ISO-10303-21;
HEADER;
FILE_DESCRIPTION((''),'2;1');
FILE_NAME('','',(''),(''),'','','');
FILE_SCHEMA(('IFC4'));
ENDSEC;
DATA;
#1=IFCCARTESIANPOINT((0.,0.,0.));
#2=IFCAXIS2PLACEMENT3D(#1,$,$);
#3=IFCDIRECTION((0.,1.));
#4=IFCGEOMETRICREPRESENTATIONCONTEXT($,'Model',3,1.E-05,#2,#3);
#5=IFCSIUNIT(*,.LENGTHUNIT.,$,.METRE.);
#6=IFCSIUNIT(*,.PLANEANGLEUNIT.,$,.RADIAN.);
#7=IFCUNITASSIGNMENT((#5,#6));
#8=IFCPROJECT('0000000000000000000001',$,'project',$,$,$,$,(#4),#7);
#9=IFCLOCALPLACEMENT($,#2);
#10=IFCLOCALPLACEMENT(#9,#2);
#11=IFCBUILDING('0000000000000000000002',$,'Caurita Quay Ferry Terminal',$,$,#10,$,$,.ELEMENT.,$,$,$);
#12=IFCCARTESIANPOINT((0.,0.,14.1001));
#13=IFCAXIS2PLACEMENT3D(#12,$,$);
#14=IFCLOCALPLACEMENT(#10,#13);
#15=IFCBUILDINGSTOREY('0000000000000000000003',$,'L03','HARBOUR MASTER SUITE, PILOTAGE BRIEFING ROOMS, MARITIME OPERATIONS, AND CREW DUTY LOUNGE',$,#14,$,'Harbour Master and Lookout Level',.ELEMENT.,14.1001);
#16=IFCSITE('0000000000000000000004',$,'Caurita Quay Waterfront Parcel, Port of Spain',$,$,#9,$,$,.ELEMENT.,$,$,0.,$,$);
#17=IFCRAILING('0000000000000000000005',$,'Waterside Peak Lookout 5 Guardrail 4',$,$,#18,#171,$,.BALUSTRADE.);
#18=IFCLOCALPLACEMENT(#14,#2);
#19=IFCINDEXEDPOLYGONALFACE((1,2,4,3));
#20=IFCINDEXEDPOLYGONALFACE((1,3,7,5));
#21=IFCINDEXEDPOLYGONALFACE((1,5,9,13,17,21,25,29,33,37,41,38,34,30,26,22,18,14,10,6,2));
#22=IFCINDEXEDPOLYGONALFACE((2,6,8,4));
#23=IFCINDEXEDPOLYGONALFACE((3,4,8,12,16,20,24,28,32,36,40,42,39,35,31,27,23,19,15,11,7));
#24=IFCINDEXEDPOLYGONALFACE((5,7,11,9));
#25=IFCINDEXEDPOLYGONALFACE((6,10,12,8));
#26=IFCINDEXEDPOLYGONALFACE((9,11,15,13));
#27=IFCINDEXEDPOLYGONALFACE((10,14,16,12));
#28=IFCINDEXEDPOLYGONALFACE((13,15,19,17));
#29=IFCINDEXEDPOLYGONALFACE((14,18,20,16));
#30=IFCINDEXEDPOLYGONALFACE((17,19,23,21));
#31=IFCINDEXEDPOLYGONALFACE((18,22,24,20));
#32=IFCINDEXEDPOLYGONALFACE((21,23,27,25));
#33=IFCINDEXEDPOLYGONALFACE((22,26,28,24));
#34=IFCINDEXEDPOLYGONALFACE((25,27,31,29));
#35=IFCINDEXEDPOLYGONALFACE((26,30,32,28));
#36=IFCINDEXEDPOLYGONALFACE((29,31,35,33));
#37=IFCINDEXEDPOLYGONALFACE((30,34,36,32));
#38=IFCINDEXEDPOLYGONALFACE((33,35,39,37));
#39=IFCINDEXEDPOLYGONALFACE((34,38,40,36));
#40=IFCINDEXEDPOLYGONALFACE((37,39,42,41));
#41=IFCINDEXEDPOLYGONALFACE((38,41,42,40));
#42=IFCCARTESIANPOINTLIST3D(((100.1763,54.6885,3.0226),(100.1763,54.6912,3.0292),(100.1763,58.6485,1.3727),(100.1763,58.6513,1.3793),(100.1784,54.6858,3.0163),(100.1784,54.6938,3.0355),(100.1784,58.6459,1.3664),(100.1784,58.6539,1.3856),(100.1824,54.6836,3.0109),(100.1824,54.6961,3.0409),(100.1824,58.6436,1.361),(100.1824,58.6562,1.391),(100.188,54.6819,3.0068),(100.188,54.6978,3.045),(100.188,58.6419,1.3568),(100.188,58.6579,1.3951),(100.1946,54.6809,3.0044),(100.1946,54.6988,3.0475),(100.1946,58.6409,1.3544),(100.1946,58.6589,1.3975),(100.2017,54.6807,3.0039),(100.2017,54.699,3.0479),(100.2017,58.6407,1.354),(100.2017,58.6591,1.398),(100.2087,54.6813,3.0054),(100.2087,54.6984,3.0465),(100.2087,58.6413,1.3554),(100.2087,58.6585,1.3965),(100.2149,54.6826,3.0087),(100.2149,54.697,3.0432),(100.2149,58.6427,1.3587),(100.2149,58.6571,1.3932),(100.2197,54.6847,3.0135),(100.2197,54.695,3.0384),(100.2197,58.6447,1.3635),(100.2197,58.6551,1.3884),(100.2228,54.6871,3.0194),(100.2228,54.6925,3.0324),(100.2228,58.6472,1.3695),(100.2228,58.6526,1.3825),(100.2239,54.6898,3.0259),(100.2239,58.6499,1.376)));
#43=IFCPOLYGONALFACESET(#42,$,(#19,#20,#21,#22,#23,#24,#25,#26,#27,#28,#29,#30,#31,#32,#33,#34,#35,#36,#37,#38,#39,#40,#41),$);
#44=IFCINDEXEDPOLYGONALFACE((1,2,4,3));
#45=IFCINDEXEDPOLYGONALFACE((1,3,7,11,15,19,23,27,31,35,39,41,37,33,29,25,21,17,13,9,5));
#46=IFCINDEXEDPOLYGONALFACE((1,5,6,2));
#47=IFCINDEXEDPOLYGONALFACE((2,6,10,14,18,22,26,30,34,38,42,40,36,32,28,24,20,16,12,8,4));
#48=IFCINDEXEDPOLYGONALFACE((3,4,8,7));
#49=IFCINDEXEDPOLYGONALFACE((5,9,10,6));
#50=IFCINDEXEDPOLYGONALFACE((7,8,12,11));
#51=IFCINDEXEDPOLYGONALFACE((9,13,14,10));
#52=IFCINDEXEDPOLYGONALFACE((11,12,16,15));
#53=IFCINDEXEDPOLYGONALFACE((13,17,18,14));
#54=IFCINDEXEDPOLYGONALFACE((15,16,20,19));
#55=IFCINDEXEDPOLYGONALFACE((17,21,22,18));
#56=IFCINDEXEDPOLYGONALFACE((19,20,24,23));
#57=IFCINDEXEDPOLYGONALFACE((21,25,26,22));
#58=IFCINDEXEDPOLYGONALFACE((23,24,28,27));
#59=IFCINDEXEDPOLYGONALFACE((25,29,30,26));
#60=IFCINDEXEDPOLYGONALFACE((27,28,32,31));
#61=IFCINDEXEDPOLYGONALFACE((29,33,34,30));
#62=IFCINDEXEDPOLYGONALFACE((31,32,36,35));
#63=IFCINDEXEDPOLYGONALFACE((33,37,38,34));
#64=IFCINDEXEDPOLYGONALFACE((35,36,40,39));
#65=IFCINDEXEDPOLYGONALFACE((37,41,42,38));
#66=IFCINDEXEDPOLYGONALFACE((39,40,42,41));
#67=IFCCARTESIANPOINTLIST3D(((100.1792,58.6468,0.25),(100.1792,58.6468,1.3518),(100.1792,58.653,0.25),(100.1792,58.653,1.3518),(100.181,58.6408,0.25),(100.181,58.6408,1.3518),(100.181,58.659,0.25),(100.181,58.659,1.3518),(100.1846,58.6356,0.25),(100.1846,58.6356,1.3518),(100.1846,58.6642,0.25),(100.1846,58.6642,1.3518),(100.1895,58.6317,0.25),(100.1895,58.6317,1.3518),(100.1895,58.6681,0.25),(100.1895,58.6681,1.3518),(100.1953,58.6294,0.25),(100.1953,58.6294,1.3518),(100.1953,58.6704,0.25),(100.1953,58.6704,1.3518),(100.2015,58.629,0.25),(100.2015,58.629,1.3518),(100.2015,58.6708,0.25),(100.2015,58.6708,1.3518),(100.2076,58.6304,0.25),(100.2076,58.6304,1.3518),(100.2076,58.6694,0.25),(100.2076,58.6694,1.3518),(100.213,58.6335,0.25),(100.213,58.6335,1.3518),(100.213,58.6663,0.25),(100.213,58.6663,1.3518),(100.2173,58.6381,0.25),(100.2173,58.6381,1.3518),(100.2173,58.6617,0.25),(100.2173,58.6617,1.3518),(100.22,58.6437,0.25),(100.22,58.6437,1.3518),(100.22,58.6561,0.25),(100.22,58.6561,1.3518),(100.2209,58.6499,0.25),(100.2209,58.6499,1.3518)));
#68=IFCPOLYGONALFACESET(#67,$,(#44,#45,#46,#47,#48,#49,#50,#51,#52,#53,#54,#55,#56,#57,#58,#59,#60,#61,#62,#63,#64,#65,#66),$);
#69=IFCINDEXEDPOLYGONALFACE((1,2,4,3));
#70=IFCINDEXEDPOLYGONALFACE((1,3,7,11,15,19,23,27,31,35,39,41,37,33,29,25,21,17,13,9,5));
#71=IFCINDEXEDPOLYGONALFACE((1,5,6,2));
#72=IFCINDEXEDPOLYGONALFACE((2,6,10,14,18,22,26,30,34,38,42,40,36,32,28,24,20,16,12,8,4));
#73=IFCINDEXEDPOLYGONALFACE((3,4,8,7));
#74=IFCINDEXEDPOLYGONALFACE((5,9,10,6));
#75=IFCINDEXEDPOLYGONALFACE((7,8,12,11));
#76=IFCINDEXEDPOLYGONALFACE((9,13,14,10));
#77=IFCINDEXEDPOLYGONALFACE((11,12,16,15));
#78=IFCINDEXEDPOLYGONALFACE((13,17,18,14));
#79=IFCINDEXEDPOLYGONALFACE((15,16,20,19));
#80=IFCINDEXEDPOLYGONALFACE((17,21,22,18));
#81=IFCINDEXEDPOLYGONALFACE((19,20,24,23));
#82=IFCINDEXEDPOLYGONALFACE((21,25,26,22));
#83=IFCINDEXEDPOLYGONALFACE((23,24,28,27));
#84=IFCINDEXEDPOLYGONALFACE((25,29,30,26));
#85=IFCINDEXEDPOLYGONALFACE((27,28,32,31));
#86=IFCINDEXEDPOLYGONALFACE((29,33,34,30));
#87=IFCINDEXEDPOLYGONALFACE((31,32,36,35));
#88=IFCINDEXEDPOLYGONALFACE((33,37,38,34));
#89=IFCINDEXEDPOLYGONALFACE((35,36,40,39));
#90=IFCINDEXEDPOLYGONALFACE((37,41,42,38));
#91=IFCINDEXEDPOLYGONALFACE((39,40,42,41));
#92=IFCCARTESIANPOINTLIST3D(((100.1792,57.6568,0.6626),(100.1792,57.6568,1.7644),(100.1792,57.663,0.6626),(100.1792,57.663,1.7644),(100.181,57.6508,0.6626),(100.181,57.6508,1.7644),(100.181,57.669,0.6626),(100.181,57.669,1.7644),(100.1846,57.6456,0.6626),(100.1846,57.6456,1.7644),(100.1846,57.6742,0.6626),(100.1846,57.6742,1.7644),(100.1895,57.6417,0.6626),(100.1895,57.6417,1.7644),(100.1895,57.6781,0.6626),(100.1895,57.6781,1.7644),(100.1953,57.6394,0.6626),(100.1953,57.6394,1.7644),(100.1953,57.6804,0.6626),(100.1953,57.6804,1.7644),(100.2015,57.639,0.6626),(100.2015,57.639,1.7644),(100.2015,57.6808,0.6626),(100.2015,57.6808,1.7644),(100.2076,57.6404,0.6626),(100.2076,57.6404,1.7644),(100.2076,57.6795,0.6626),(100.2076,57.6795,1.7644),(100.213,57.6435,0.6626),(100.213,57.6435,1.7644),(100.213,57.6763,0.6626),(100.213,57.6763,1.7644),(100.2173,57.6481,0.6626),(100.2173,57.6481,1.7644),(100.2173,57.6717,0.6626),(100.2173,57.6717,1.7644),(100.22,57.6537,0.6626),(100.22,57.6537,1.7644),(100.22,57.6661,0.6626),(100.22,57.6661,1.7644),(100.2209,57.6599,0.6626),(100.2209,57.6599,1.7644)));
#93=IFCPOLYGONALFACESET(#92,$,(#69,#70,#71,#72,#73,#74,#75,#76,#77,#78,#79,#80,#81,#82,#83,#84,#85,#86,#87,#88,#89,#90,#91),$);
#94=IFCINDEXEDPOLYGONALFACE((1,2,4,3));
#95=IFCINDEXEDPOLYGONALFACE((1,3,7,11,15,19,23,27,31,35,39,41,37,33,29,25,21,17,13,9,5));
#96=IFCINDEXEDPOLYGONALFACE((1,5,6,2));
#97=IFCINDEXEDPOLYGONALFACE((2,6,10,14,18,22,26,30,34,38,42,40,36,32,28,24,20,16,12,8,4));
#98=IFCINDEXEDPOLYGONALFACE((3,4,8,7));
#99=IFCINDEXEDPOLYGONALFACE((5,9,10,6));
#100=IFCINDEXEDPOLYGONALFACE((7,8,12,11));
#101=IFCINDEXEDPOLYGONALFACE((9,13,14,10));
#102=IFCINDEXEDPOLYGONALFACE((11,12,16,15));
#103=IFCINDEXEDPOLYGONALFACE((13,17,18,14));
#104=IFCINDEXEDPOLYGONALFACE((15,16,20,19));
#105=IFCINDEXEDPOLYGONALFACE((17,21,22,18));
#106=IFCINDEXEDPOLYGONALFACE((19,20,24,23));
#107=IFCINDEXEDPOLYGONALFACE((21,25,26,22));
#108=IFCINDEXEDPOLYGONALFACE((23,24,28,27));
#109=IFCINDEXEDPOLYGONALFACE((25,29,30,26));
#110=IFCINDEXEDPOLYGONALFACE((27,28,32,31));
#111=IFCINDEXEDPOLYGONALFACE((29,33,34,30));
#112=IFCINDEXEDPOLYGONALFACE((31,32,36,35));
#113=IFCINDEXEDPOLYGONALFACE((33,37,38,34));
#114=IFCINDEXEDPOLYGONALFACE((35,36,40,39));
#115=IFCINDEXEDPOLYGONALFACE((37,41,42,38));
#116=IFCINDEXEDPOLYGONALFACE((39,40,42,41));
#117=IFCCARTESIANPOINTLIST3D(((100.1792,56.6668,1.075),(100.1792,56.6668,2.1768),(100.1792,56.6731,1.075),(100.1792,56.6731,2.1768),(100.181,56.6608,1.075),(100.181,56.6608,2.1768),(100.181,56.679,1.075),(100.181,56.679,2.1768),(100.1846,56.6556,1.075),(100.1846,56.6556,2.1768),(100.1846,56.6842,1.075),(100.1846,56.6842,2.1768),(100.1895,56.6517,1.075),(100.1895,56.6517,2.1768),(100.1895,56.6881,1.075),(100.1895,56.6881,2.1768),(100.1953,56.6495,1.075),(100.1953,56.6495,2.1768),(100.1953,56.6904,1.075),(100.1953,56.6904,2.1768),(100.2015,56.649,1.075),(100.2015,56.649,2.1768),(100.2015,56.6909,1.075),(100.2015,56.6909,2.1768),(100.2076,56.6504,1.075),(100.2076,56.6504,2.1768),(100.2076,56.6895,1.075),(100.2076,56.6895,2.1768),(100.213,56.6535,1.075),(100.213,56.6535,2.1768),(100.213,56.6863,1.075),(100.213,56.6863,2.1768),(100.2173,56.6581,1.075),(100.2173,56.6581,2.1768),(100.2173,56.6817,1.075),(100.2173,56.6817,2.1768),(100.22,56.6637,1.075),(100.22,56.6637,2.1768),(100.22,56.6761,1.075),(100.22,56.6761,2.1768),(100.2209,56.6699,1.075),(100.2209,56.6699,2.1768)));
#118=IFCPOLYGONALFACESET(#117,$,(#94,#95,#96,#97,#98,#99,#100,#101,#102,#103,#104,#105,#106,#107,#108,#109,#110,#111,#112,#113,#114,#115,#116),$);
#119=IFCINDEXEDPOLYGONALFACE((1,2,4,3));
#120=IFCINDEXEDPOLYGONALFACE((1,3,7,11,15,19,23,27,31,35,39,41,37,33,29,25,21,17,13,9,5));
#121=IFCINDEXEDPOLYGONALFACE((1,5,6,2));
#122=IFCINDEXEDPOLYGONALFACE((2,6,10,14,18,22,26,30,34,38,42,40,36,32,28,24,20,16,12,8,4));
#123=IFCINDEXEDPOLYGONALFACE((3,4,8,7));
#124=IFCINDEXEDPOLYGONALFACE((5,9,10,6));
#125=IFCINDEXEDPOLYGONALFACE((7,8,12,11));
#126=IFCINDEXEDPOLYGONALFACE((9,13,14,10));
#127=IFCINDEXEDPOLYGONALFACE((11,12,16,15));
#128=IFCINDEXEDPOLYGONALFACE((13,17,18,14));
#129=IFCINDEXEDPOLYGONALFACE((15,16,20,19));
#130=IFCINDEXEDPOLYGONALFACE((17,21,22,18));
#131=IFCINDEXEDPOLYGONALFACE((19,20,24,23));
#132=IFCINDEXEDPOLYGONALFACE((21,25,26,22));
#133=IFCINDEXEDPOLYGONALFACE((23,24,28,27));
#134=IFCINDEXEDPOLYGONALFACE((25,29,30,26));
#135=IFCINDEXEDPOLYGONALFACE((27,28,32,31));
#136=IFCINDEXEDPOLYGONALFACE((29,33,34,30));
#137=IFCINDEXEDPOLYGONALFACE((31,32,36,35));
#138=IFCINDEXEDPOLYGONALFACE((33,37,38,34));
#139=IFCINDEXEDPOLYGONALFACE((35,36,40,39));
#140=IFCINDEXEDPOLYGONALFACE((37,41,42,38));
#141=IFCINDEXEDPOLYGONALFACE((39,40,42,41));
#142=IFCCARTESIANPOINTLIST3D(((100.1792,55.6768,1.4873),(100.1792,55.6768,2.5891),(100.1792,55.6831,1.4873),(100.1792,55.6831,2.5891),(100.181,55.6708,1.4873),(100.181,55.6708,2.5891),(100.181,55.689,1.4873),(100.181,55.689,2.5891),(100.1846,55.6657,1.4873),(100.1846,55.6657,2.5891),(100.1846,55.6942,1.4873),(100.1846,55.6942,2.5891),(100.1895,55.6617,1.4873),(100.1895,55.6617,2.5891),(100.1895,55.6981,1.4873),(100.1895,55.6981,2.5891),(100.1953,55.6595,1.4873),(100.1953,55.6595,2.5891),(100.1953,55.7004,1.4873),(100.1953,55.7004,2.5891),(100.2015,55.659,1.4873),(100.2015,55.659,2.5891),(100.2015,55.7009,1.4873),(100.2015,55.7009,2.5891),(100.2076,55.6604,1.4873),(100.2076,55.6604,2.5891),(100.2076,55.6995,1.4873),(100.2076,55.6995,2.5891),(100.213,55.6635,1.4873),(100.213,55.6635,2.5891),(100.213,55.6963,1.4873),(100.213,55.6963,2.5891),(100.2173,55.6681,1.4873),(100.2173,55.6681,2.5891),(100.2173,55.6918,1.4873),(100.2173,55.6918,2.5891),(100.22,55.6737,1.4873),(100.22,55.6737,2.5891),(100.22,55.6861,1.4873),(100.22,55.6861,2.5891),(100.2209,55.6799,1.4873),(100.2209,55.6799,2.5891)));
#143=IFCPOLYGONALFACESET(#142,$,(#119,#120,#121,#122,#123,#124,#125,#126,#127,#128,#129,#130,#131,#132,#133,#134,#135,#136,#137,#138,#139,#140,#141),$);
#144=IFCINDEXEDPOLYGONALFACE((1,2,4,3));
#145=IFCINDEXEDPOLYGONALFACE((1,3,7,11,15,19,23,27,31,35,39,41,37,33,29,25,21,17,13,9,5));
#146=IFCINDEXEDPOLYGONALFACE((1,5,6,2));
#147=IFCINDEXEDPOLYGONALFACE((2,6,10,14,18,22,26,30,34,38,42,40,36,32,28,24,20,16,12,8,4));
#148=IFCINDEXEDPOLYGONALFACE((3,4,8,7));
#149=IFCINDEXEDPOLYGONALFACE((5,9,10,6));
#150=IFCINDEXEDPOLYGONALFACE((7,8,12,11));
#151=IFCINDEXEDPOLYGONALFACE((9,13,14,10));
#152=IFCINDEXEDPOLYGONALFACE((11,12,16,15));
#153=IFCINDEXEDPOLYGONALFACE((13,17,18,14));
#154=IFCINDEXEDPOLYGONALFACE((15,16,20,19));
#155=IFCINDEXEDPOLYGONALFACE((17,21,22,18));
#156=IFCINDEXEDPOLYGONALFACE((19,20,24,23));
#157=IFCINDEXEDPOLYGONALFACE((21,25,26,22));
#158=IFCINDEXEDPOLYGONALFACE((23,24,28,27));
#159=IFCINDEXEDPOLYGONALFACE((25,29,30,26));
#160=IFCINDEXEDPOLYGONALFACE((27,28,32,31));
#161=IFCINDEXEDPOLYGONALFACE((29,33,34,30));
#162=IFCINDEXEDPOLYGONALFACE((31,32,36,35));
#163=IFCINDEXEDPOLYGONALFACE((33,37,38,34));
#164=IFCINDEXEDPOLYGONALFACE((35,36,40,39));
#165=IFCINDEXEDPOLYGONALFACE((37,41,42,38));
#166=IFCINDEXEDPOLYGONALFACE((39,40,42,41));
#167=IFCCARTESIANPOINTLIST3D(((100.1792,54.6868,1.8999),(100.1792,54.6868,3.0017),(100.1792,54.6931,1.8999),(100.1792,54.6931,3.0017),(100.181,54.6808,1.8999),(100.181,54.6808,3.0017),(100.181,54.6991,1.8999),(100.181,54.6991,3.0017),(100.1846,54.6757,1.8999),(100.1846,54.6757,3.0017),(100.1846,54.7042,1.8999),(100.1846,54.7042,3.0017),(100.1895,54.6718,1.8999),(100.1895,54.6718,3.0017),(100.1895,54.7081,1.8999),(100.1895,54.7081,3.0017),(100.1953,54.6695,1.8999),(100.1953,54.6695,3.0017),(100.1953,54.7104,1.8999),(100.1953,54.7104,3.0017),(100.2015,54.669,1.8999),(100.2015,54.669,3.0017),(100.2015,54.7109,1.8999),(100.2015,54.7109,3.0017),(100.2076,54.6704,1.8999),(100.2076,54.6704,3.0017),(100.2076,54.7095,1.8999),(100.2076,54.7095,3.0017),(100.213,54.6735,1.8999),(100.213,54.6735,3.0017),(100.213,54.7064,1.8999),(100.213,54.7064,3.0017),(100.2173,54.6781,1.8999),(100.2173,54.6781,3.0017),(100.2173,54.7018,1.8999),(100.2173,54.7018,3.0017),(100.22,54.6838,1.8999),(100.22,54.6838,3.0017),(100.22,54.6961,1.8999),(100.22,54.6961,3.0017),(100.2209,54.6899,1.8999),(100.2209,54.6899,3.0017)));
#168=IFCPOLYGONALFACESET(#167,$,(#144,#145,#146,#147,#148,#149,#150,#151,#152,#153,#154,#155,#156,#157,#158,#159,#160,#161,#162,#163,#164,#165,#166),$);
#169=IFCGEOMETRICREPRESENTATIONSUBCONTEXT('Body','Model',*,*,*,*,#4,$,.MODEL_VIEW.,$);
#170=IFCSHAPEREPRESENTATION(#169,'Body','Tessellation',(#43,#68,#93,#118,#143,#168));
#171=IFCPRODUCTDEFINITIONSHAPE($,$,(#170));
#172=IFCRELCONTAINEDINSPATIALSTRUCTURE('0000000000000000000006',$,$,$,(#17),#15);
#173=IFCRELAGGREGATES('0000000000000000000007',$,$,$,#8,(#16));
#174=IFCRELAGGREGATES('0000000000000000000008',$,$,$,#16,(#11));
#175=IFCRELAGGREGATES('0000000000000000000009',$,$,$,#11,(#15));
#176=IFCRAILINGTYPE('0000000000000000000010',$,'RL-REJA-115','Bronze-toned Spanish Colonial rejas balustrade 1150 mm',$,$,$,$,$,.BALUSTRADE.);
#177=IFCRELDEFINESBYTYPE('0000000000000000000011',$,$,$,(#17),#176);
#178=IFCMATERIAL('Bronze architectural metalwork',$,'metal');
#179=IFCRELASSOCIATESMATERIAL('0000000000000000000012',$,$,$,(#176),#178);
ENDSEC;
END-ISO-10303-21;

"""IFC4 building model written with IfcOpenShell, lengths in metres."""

from ifc_helpers import new_model, si_unit, direction, frame, origin, origin_2d, place, context, subcontext, project, spatial, circle, extrude, material, type_object, element, save


model = new_model("IFC4")

# Units and contexts
model_context = context("Model", 3, precision=1e-05, world=origin(), true_north=direction((0.0, 1.0)))
body_context = subcontext(model_context, "Body", "Model", "MODEL_VIEW")
ifc_project = project(units=[si_unit("LENGTHUNIT", "METRE"), si_unit("PLANEANGLEUNIT", "RADIAN")], contexts=[model_context])

# Site, building, storey
site_placement = place(None, origin())
site = spatial("IfcSite", under=ifc_project, at=site_placement, Name="Caurita Quay Waterfront Parcel, Port of Spain", CompositionType="ELEMENT", RefElevation=0.0)
building_placement = place(site_placement, origin())
building = spatial("IfcBuilding", under=site, at=building_placement, Name="Caurita Quay Ferry Terminal", CompositionType="ELEMENT")
storey_placement = place(building_placement, frame((0.0, 0.0, 14.1001)))
storey = spatial("IfcBuildingStorey", under=building, at=storey_placement, Name="L03", Description="HARBOUR MASTER SUITE, PILOTAGE BRIEFING ROOMS, MARITIME OPERATIONS, AND CREW DUTY LOUNGE", LongName="Harbour Master and Lookout Level", CompositionType="ELEMENT", Elevation=14.1001)

# Railing
ifc_material_1 = material(Name="Bronze architectural metalwork", Category="metal")
railing_type_1 = type_object("IfcRailingType", Name="RL-REJA-115", Description="Bronze-toned Spanish Colonial rejas balustrade 1150 mm", PredefinedType="BALUSTRADE", material=ifc_material_1)
railing_1_placement = place(storey_placement, frame((100.2, 58.6499, 0.25)))
element("IfcRailing", 1, at=railing_1_placement, inside=storey, type_object=railing_type_1, Name="Waterside Peak Lookout 5 Guardrail 4", PredefinedType="BALUSTRADE", context=body_context, shape_type="SweptSolid", body=[
    extrude(circle(Radius=0.0239, at=origin_2d()), frame((0.0, 0.0, 1.126), z_axis=(0.0, -0.923084, 0.384599), x_axis=(1.0, 0.0, 0.0)), (0.0, 0.0, 1.0), 4.29),
    extrude(circle(Radius=0.021, at=origin_2d()), origin(), (0.0, 0.0, 1.0), 1.1018),
    extrude(circle(Radius=0.021, at=origin_2d()), frame((0.0, -0.99, 0.4126)), (0.0, 0.0, 1.0), 1.1018),
    extrude(circle(Radius=0.021, at=origin_2d()), frame((0.0, -1.98, 0.825)), (0.0, 0.0, 1.0), 1.1018),
    extrude(circle(Radius=0.021, at=origin_2d()), frame((0.0, -2.97, 1.2373)), (0.0, 0.0, 1.0), 1.1018),
    extrude(circle(Radius=0.021, at=origin_2d()), frame((0.0, -3.96, 1.6499)), (0.0, 0.0, 1.0), 1.1018),
])

save(model, "model.ifc")
